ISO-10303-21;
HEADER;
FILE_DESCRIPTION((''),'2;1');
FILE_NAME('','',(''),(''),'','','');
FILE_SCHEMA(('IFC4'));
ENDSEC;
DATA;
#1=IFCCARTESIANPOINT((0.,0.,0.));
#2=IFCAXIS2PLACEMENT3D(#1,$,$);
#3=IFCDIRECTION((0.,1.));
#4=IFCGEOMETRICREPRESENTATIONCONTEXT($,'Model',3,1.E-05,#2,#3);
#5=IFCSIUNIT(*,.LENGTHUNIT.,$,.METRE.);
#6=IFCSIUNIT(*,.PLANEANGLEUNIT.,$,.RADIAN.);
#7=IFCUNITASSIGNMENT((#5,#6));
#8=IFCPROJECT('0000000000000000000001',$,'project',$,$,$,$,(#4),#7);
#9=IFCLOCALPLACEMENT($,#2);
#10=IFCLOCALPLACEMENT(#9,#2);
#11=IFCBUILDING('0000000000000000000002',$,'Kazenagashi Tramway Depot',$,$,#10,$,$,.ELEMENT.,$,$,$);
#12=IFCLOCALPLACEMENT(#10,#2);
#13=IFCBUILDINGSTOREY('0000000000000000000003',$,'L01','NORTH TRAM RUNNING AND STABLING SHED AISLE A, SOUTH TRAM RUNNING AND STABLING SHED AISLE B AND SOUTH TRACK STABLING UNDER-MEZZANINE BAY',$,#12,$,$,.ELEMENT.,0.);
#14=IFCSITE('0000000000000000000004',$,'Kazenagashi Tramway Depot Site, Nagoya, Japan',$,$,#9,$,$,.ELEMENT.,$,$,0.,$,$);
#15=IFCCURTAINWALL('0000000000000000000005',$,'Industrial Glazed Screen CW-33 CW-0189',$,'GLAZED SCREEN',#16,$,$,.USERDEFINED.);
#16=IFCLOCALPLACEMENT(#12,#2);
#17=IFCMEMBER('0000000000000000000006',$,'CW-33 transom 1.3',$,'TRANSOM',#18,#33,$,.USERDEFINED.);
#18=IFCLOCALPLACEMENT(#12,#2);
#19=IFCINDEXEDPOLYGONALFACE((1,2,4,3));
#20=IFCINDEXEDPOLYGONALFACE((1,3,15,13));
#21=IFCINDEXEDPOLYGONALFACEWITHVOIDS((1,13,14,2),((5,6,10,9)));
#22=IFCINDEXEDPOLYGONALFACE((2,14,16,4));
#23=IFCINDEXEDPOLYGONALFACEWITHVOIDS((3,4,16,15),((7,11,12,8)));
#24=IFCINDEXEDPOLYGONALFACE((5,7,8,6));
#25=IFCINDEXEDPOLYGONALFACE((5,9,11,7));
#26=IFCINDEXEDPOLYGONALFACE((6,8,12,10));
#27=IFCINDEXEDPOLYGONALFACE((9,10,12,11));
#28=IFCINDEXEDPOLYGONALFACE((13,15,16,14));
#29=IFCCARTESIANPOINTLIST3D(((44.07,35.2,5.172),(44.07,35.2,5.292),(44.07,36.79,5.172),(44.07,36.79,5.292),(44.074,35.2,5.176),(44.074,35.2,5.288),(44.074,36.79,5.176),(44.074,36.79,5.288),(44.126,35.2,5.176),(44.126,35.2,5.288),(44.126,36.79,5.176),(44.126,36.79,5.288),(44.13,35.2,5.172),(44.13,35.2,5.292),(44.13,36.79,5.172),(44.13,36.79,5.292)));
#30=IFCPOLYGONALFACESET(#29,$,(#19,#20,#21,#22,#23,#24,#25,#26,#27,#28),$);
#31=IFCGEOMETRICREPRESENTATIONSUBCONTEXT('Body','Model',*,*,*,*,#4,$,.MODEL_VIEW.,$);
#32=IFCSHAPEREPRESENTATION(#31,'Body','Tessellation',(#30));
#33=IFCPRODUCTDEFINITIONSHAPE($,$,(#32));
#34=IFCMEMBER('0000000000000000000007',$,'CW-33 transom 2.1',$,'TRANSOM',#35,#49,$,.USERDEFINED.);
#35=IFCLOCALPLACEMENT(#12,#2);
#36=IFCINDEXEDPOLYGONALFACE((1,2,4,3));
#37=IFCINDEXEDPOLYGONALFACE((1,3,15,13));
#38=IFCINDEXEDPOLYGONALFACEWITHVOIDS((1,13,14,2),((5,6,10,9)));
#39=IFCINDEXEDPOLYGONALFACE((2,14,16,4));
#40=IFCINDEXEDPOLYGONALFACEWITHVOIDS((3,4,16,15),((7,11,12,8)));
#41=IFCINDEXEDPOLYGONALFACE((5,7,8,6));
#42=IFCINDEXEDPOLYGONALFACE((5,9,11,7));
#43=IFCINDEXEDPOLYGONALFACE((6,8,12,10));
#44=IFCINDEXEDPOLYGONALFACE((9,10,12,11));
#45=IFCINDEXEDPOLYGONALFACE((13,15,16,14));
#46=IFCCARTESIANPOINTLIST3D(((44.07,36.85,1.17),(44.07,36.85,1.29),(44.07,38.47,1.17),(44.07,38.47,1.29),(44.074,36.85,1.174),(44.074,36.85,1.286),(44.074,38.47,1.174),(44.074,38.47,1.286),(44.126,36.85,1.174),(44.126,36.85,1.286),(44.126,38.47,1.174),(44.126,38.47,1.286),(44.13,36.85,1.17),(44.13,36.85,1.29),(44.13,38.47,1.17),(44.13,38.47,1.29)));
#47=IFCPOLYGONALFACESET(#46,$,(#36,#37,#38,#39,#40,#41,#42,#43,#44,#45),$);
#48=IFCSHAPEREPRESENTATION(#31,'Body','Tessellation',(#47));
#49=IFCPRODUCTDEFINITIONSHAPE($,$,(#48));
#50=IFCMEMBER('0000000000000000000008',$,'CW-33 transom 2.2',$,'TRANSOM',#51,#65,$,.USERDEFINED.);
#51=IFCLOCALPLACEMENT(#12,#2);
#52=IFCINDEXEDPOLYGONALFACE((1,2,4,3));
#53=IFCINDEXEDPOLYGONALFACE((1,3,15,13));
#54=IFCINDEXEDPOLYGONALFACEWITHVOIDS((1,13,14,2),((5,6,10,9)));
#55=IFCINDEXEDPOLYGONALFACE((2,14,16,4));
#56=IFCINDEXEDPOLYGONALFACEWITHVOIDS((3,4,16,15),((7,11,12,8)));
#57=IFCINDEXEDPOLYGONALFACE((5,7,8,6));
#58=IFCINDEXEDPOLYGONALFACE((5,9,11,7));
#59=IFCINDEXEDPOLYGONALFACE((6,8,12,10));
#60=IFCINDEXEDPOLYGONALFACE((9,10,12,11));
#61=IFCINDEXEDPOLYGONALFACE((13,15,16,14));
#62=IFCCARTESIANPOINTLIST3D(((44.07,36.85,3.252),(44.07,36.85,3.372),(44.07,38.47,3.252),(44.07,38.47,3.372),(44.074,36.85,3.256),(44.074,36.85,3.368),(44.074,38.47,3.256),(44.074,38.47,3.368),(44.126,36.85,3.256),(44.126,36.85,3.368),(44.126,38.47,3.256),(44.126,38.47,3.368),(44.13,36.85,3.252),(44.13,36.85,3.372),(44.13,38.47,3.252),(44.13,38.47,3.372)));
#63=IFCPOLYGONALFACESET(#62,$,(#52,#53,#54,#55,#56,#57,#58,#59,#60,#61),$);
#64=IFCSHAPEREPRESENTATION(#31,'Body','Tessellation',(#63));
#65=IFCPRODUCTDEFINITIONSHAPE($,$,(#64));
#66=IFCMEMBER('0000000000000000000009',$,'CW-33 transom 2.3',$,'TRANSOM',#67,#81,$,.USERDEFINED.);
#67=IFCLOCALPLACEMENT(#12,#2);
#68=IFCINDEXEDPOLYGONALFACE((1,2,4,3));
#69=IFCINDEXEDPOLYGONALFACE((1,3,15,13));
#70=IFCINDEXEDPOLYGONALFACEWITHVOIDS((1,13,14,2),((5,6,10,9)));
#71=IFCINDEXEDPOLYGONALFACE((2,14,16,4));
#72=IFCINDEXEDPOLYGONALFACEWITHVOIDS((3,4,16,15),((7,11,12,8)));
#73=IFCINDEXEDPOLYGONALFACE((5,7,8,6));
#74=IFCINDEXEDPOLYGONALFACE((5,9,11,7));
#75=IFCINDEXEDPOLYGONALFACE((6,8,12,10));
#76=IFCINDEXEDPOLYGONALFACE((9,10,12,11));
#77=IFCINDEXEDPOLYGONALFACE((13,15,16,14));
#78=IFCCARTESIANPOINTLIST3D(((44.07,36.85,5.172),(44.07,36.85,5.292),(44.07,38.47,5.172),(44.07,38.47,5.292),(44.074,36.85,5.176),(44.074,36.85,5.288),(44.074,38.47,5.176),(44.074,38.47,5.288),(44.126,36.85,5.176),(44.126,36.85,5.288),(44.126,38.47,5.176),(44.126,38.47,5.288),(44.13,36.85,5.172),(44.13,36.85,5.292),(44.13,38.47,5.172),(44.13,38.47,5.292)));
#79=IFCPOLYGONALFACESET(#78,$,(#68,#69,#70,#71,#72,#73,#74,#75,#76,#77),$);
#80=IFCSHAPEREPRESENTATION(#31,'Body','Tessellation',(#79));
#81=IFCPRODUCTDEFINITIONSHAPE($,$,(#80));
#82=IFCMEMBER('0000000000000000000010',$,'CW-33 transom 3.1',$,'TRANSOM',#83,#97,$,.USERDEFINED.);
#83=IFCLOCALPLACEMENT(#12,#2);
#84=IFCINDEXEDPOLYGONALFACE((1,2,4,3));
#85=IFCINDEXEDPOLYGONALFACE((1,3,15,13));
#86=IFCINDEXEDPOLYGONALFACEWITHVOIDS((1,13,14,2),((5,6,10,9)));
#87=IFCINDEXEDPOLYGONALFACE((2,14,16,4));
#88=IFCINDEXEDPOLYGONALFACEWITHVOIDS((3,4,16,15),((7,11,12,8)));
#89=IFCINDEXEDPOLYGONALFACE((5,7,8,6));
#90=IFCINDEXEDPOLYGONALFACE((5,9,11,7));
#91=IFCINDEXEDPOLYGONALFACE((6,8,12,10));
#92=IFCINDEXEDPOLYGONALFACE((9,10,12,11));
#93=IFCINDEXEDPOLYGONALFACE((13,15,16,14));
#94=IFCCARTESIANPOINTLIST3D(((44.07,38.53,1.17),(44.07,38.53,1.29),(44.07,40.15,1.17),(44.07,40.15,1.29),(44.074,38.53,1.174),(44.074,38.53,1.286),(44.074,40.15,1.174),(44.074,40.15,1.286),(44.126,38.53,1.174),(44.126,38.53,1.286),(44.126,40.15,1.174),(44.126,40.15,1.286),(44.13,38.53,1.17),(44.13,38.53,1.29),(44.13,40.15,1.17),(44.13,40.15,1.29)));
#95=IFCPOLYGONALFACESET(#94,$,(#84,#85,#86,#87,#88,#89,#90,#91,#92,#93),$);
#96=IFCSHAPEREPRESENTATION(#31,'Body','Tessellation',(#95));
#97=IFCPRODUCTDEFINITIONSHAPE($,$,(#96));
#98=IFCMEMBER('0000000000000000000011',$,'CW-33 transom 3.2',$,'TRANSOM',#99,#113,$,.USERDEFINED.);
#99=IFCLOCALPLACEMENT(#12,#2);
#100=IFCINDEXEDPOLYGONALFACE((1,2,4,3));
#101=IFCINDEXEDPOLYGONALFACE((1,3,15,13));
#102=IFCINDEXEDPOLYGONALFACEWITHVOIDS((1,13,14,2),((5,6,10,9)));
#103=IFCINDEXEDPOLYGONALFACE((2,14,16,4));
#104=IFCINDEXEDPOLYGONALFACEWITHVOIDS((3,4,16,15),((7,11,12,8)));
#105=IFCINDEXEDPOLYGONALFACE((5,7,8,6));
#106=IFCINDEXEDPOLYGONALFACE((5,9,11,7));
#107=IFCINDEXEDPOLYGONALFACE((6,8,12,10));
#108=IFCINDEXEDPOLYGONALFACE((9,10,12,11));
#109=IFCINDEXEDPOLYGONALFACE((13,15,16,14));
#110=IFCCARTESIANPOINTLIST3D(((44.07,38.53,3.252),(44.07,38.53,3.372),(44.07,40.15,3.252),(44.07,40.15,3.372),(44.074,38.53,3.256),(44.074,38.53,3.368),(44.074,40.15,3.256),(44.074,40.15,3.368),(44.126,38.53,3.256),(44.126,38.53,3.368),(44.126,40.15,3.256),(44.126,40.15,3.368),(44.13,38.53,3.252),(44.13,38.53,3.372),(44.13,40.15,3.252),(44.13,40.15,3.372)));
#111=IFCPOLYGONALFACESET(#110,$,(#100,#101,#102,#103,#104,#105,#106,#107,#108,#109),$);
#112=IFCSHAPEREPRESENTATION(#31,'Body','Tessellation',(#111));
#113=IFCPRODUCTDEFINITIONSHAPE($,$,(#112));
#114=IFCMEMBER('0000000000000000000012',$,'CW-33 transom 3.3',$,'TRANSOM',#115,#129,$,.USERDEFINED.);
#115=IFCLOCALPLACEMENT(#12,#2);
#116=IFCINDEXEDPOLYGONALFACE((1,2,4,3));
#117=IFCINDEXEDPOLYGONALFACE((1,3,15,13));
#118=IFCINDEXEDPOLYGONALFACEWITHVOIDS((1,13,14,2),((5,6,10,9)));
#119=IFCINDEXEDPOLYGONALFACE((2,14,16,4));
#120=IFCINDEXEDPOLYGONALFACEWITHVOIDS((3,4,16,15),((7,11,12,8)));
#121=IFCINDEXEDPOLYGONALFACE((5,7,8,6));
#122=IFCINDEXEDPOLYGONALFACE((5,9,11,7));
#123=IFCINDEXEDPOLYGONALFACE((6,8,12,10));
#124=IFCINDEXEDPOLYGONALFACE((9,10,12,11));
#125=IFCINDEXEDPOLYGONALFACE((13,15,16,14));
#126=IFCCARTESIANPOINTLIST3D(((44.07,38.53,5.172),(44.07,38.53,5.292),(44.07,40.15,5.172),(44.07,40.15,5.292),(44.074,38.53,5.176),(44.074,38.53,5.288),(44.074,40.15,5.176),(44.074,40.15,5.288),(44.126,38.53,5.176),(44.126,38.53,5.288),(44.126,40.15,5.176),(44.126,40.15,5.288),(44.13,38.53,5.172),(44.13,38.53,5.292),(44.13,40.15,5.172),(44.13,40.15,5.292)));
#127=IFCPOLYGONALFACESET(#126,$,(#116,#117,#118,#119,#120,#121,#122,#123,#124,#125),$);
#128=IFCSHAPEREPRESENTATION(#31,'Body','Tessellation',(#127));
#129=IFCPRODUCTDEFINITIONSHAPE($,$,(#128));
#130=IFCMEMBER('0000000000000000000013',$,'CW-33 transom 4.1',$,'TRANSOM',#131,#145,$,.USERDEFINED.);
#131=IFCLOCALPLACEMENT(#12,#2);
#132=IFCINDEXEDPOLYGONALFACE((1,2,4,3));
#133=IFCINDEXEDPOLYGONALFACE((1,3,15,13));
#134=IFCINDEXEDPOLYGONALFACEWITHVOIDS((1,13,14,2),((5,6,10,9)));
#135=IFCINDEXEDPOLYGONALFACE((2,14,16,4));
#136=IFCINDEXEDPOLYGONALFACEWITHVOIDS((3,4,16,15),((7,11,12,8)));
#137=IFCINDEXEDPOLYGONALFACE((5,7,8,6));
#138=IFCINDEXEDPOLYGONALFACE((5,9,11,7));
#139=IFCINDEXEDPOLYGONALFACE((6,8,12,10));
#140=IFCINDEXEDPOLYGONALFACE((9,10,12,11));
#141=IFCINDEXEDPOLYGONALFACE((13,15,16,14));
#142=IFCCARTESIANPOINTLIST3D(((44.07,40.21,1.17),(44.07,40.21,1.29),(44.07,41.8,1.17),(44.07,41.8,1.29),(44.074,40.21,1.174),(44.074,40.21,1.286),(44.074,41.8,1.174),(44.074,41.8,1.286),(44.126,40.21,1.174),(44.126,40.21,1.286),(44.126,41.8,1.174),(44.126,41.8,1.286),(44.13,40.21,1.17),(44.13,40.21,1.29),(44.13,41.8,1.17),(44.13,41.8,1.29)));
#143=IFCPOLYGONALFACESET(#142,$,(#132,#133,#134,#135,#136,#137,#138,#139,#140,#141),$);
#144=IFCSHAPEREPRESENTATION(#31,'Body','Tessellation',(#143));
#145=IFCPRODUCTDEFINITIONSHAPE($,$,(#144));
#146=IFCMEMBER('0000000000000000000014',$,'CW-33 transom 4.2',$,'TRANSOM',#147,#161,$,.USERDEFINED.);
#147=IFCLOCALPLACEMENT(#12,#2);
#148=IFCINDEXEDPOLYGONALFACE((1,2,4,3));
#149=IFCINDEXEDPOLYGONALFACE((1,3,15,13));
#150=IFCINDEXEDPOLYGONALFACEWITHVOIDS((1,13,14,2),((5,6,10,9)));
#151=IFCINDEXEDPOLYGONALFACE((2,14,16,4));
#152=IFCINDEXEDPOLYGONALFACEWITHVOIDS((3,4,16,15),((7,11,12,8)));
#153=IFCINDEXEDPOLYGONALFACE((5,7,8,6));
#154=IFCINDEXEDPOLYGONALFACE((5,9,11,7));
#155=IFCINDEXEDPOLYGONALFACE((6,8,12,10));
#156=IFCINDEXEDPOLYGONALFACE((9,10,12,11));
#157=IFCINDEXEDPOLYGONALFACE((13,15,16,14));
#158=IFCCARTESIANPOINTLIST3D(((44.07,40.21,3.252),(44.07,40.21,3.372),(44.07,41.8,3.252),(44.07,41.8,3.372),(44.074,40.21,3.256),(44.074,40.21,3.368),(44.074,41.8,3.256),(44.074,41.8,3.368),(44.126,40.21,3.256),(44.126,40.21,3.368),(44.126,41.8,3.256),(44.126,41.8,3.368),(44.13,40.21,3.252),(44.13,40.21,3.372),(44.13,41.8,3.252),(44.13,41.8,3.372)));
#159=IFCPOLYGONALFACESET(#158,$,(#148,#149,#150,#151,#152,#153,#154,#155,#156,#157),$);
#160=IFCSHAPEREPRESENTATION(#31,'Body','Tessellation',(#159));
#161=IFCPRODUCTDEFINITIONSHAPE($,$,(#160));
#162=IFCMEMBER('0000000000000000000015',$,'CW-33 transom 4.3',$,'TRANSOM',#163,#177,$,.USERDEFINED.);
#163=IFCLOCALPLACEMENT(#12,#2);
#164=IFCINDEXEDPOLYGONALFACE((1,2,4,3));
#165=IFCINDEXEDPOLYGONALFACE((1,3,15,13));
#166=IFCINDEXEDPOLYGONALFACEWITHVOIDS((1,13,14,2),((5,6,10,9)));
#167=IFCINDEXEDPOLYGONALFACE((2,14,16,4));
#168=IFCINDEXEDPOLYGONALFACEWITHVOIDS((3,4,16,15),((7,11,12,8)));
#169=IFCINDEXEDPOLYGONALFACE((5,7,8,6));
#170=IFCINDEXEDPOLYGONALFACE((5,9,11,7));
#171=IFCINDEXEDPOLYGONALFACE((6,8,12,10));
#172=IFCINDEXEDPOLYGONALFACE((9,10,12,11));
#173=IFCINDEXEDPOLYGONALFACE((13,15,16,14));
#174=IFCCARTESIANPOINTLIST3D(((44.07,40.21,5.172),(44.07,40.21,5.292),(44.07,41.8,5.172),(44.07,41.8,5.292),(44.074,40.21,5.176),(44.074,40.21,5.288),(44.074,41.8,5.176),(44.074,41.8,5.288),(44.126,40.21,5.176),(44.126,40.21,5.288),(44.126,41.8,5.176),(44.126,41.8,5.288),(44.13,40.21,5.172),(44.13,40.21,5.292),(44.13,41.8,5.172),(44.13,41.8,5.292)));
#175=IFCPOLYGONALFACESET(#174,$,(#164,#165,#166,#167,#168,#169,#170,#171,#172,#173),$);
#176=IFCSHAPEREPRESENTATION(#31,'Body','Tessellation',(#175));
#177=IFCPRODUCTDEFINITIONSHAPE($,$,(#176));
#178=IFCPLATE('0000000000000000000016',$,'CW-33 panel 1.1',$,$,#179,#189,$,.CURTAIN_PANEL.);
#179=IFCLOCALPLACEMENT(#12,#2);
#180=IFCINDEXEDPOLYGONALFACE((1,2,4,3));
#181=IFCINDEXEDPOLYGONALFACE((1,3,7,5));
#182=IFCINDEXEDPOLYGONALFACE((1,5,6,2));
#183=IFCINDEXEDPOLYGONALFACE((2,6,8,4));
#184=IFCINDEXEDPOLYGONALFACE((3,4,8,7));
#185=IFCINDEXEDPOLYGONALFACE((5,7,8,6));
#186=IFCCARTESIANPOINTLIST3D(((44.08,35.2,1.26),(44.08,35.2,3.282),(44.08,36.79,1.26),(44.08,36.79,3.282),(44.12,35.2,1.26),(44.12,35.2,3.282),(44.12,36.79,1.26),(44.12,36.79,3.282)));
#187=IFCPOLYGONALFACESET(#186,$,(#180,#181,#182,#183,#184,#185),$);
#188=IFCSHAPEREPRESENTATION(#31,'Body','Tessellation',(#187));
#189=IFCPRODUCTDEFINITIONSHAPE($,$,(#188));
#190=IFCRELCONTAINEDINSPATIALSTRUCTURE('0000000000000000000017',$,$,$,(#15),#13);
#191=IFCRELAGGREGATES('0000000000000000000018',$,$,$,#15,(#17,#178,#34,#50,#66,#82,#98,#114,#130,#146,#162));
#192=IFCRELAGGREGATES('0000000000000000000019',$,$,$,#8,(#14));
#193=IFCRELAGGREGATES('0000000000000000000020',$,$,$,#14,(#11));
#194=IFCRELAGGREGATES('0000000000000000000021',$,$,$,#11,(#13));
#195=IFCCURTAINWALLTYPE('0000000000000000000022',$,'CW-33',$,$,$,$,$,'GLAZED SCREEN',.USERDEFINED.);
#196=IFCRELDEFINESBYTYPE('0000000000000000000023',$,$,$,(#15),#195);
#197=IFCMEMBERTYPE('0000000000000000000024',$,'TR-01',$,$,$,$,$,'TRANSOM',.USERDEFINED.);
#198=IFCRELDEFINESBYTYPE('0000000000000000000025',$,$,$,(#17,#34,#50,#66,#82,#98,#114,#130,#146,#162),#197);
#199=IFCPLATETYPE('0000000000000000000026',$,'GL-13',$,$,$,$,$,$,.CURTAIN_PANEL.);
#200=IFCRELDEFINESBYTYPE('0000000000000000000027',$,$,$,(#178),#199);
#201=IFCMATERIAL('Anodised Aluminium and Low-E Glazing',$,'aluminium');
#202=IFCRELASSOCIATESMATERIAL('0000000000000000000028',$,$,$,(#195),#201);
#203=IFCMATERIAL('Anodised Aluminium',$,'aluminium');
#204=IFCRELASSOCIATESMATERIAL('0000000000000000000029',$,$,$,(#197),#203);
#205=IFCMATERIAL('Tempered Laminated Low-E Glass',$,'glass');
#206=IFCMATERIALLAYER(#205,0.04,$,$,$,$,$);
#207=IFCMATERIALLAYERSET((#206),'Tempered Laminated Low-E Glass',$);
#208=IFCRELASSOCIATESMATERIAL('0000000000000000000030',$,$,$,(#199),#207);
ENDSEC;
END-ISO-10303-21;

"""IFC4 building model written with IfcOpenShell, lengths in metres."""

from ifc_helpers import new_model, si_unit, direction, frame, origin, origin_2d, place, context, subcontext, project, spatial, rectangle, hollow_rectangle, extrude, material, layer, layer_set, material_profile, profile_set, type_object, element, aggregate, save


model = new_model("IFC4")

# Units and contexts
model_context = context("Model", 3, precision=1e-05, world=origin(), true_north=direction((0.0, 1.0)))
body_context = subcontext(model_context, "Body", "Model", "MODEL_VIEW")
ifc_project = project(units=[si_unit("LENGTHUNIT", "METRE"), si_unit("PLANEANGLEUNIT", "RADIAN")], contexts=[model_context])

# Site, building, storey
site_placement = place(None, origin())
site = spatial("IfcSite", under=ifc_project, at=site_placement, Name="Kazenagashi Tramway Depot Site, Nagoya, Japan", CompositionType="ELEMENT", RefElevation=0.0)
building_placement = place(site_placement, origin())
building = spatial("IfcBuilding", under=site, at=building_placement, Name="Kazenagashi Tramway Depot", CompositionType="ELEMENT")
storey_placement = place(building_placement, origin())
storey = spatial("IfcBuildingStorey", under=building, at=storey_placement, Name="L01", Description="NORTH TRAM RUNNING AND STABLING SHED AISLE A, SOUTH TRAM RUNNING AND STABLING SHED AISLE B AND SOUTH TRACK STABLING UNDER-MEZZANINE BAY", CompositionType="ELEMENT", Elevation=0.0)

# Shared definitions
ifc_material_1 = material(Name="Anodised Aluminium and Low-E Glazing", Category="aluminium")
curtain_wall_type = type_object("IfcCurtainWallType", Name="CW-33", ElementType="GLAZED SCREEN", PredefinedType="USERDEFINED", material=ifc_material_1)
ifc_material_2 = material(Name="Anodised Aluminium", Category="aluminium")

# Curtain wall, members, plate
curtain_wall_1_placement = place(storey_placement, origin())
curtain_wall_1 = element("IfcCurtainWall", 1, at=curtain_wall_1_placement, inside=storey, type_object=curtain_wall_type, Name="Industrial Glazed Screen CW-33 CW-0189", ObjectType="GLAZED SCREEN", PredefinedType="USERDEFINED")
ifc_material_profile_1 = material_profile(ifc_material_2, hollow_rectangle(XDim=0.06, YDim=0.12, WallThickness=0.004, at=origin_2d()), Name="RHS-120x60x4")
ifc_profile_set_1 = profile_set([ifc_material_profile_1], Name="Anodised Aluminium")
member_type_1 = type_object("IfcMemberType", Name="TR-01", ElementType="TRANSOM", PredefinedType="USERDEFINED", material=ifc_profile_set_1)
member_1_placement = place(storey_placement, frame((44.1, 35.2, 5.232), z_axis=(0.0, 1.0, 0.0), x_axis=(-1.0, 0.0, 0.0)))
member_1 = element("IfcMember", 2, at=member_1_placement, type_object=member_type_1, Name="CW-33 transom 1.3", ObjectType="TRANSOM", PredefinedType="USERDEFINED", context=body_context, shape_type="SweptSolid", body=[
    extrude(hollow_rectangle(XDim=0.06, YDim=0.12, WallThickness=0.004, at=origin_2d()), origin(), (0.0, 0.0, 1.0), 1.59),
])
member_2_placement = place(storey_placement, frame((44.1, 36.85, 1.23), z_axis=(0.0, 1.0, 0.0), x_axis=(-1.0, 0.0, 0.0)))
member_2 = element("IfcMember", 3, at=member_2_placement, type_object=member_type_1, Name="CW-33 transom 2.1", ObjectType="TRANSOM", PredefinedType="USERDEFINED", context=body_context, shape_type="SweptSolid", body=[
    extrude(hollow_rectangle(XDim=0.06, YDim=0.12, WallThickness=0.004, at=origin_2d()), origin(), (0.0, 0.0, 1.0), 1.62),
])
member_3_placement = place(storey_placement, frame((44.1, 36.85, 3.312), z_axis=(0.0, 1.0, 0.0), x_axis=(-1.0, 0.0, 0.0)))
member_3 = element("IfcMember", 4, at=member_3_placement, type_object=member_type_1, Name="CW-33 transom 2.2", ObjectType="TRANSOM", PredefinedType="USERDEFINED", context=body_context, shape_type="SweptSolid", body=[
    extrude(hollow_rectangle(XDim=0.06, YDim=0.12, WallThickness=0.004, at=origin_2d()), origin(), (0.0, 0.0, 1.0), 1.62),
])
member_4_placement = place(storey_placement, frame((44.1, 36.85, 5.232), z_axis=(0.0, 1.0, 0.0), x_axis=(-1.0, 0.0, 0.0)))
member_4 = element("IfcMember", 5, at=member_4_placement, type_object=member_type_1, Name="CW-33 transom 2.3", ObjectType="TRANSOM", PredefinedType="USERDEFINED", context=body_context, shape_type="SweptSolid", body=[
    extrude(hollow_rectangle(XDim=0.06, YDim=0.12, WallThickness=0.004, at=origin_2d()), origin(), (0.0, 0.0, 1.0), 1.62),
])
member_5_placement = place(storey_placement, frame((44.1, 38.53, 1.23), z_axis=(0.0, 1.0, 0.0), x_axis=(-1.0, 0.0, 0.0)))
member_5 = element("IfcMember", 6, at=member_5_placement, type_object=member_type_1, Name="CW-33 transom 3.1", ObjectType="TRANSOM", PredefinedType="USERDEFINED", context=body_context, shape_type="SweptSolid", body=[
    extrude(hollow_rectangle(XDim=0.06, YDim=0.12, WallThickness=0.004, at=origin_2d()), origin(), (0.0, 0.0, 1.0), 1.62),
])
member_6_placement = place(storey_placement, frame((44.1, 38.53, 3.312), z_axis=(0.0, 1.0, 0.0), x_axis=(-1.0, 0.0, 0.0)))
member_6 = element("IfcMember", 7, at=member_6_placement, type_object=member_type_1, Name="CW-33 transom 3.2", ObjectType="TRANSOM", PredefinedType="USERDEFINED", context=body_context, shape_type="SweptSolid", body=[
    extrude(hollow_rectangle(XDim=0.06, YDim=0.12, WallThickness=0.004, at=origin_2d()), origin(), (0.0, 0.0, 1.0), 1.62),
])
member_7_placement = place(storey_placement, frame((44.1, 38.53, 5.232), z_axis=(0.0, 1.0, 0.0), x_axis=(-1.0, 0.0, 0.0)))
member_7 = element("IfcMember", 8, at=member_7_placement, type_object=member_type_1, Name="CW-33 transom 3.3", ObjectType="TRANSOM", PredefinedType="USERDEFINED", context=body_context, shape_type="SweptSolid", body=[
    extrude(hollow_rectangle(XDim=0.06, YDim=0.12, WallThickness=0.004, at=origin_2d()), origin(), (0.0, 0.0, 1.0), 1.62),
])
member_8_placement = place(storey_placement, frame((44.1, 40.21, 1.23), z_axis=(0.0, 1.0, 0.0), x_axis=(-1.0, 0.0, 0.0)))
member_8 = element("IfcMember", 9, at=member_8_placement, type_object=member_type_1, Name="CW-33 transom 4.1", ObjectType="TRANSOM", PredefinedType="USERDEFINED", context=body_context, shape_type="SweptSolid", body=[
    extrude(hollow_rectangle(XDim=0.06, YDim=0.12, WallThickness=0.004, at=origin_2d()), origin(), (0.0, 0.0, 1.0), 1.59),
])
member_9_placement = place(storey_placement, frame((44.1, 40.21, 3.312), z_axis=(0.0, 1.0, 0.0), x_axis=(-1.0, 0.0, 0.0)))
member_9 = element("IfcMember", 10, at=member_9_placement, type_object=member_type_1, Name="CW-33 transom 4.2", ObjectType="TRANSOM", PredefinedType="USERDEFINED", context=body_context, shape_type="SweptSolid", body=[
    extrude(hollow_rectangle(XDim=0.06, YDim=0.12, WallThickness=0.004, at=origin_2d()), origin(), (0.0, 0.0, 1.0), 1.59),
])
member_10_placement = place(storey_placement, frame((44.1, 40.21, 5.232), z_axis=(0.0, 1.0, 0.0), x_axis=(-1.0, 0.0, 0.0)))
member_10 = element("IfcMember", 11, at=member_10_placement, type_object=member_type_1, Name="CW-33 transom 4.3", ObjectType="TRANSOM", PredefinedType="USERDEFINED", context=body_context, shape_type="SweptSolid", body=[
    extrude(hollow_rectangle(XDim=0.06, YDim=0.12, WallThickness=0.004, at=origin_2d()), origin(), (0.0, 0.0, 1.0), 1.59),
])
ifc_material_3 = material(Name="Tempered Laminated Low-E Glass", Category="glass")
ifc_layer_1 = layer(ifc_material_3, 0.04)
ifc_layer_set_1 = layer_set([ifc_layer_1], Name="Tempered Laminated Low-E Glass")
plate_type = type_object("IfcPlateType", Name="GL-13", PredefinedType="CURTAIN_PANEL", material=ifc_layer_set_1)
plate_1_placement = place(storey_placement, frame((44.1, 35.995, 1.26), z_axis=(0.0, 0.0, 1.0), x_axis=(0.0, 1.0, 0.0)))
plate_1 = element("IfcPlate", 12, at=plate_1_placement, type_object=plate_type, Name="CW-33 panel 1.1", PredefinedType="CURTAIN_PANEL", context=body_context, shape_type="SweptSolid", body=[
    extrude(rectangle(XDim=1.59, YDim=0.04, at=origin_2d()), origin(), (0.0, 0.0, 1.0), 2.022),
])
aggregate(curtain_wall_1, [member_1, plate_1, member_2, member_3, member_4, member_5, member_6, member_7, member_8, member_9, member_10])

save(model, "model.ifc")
